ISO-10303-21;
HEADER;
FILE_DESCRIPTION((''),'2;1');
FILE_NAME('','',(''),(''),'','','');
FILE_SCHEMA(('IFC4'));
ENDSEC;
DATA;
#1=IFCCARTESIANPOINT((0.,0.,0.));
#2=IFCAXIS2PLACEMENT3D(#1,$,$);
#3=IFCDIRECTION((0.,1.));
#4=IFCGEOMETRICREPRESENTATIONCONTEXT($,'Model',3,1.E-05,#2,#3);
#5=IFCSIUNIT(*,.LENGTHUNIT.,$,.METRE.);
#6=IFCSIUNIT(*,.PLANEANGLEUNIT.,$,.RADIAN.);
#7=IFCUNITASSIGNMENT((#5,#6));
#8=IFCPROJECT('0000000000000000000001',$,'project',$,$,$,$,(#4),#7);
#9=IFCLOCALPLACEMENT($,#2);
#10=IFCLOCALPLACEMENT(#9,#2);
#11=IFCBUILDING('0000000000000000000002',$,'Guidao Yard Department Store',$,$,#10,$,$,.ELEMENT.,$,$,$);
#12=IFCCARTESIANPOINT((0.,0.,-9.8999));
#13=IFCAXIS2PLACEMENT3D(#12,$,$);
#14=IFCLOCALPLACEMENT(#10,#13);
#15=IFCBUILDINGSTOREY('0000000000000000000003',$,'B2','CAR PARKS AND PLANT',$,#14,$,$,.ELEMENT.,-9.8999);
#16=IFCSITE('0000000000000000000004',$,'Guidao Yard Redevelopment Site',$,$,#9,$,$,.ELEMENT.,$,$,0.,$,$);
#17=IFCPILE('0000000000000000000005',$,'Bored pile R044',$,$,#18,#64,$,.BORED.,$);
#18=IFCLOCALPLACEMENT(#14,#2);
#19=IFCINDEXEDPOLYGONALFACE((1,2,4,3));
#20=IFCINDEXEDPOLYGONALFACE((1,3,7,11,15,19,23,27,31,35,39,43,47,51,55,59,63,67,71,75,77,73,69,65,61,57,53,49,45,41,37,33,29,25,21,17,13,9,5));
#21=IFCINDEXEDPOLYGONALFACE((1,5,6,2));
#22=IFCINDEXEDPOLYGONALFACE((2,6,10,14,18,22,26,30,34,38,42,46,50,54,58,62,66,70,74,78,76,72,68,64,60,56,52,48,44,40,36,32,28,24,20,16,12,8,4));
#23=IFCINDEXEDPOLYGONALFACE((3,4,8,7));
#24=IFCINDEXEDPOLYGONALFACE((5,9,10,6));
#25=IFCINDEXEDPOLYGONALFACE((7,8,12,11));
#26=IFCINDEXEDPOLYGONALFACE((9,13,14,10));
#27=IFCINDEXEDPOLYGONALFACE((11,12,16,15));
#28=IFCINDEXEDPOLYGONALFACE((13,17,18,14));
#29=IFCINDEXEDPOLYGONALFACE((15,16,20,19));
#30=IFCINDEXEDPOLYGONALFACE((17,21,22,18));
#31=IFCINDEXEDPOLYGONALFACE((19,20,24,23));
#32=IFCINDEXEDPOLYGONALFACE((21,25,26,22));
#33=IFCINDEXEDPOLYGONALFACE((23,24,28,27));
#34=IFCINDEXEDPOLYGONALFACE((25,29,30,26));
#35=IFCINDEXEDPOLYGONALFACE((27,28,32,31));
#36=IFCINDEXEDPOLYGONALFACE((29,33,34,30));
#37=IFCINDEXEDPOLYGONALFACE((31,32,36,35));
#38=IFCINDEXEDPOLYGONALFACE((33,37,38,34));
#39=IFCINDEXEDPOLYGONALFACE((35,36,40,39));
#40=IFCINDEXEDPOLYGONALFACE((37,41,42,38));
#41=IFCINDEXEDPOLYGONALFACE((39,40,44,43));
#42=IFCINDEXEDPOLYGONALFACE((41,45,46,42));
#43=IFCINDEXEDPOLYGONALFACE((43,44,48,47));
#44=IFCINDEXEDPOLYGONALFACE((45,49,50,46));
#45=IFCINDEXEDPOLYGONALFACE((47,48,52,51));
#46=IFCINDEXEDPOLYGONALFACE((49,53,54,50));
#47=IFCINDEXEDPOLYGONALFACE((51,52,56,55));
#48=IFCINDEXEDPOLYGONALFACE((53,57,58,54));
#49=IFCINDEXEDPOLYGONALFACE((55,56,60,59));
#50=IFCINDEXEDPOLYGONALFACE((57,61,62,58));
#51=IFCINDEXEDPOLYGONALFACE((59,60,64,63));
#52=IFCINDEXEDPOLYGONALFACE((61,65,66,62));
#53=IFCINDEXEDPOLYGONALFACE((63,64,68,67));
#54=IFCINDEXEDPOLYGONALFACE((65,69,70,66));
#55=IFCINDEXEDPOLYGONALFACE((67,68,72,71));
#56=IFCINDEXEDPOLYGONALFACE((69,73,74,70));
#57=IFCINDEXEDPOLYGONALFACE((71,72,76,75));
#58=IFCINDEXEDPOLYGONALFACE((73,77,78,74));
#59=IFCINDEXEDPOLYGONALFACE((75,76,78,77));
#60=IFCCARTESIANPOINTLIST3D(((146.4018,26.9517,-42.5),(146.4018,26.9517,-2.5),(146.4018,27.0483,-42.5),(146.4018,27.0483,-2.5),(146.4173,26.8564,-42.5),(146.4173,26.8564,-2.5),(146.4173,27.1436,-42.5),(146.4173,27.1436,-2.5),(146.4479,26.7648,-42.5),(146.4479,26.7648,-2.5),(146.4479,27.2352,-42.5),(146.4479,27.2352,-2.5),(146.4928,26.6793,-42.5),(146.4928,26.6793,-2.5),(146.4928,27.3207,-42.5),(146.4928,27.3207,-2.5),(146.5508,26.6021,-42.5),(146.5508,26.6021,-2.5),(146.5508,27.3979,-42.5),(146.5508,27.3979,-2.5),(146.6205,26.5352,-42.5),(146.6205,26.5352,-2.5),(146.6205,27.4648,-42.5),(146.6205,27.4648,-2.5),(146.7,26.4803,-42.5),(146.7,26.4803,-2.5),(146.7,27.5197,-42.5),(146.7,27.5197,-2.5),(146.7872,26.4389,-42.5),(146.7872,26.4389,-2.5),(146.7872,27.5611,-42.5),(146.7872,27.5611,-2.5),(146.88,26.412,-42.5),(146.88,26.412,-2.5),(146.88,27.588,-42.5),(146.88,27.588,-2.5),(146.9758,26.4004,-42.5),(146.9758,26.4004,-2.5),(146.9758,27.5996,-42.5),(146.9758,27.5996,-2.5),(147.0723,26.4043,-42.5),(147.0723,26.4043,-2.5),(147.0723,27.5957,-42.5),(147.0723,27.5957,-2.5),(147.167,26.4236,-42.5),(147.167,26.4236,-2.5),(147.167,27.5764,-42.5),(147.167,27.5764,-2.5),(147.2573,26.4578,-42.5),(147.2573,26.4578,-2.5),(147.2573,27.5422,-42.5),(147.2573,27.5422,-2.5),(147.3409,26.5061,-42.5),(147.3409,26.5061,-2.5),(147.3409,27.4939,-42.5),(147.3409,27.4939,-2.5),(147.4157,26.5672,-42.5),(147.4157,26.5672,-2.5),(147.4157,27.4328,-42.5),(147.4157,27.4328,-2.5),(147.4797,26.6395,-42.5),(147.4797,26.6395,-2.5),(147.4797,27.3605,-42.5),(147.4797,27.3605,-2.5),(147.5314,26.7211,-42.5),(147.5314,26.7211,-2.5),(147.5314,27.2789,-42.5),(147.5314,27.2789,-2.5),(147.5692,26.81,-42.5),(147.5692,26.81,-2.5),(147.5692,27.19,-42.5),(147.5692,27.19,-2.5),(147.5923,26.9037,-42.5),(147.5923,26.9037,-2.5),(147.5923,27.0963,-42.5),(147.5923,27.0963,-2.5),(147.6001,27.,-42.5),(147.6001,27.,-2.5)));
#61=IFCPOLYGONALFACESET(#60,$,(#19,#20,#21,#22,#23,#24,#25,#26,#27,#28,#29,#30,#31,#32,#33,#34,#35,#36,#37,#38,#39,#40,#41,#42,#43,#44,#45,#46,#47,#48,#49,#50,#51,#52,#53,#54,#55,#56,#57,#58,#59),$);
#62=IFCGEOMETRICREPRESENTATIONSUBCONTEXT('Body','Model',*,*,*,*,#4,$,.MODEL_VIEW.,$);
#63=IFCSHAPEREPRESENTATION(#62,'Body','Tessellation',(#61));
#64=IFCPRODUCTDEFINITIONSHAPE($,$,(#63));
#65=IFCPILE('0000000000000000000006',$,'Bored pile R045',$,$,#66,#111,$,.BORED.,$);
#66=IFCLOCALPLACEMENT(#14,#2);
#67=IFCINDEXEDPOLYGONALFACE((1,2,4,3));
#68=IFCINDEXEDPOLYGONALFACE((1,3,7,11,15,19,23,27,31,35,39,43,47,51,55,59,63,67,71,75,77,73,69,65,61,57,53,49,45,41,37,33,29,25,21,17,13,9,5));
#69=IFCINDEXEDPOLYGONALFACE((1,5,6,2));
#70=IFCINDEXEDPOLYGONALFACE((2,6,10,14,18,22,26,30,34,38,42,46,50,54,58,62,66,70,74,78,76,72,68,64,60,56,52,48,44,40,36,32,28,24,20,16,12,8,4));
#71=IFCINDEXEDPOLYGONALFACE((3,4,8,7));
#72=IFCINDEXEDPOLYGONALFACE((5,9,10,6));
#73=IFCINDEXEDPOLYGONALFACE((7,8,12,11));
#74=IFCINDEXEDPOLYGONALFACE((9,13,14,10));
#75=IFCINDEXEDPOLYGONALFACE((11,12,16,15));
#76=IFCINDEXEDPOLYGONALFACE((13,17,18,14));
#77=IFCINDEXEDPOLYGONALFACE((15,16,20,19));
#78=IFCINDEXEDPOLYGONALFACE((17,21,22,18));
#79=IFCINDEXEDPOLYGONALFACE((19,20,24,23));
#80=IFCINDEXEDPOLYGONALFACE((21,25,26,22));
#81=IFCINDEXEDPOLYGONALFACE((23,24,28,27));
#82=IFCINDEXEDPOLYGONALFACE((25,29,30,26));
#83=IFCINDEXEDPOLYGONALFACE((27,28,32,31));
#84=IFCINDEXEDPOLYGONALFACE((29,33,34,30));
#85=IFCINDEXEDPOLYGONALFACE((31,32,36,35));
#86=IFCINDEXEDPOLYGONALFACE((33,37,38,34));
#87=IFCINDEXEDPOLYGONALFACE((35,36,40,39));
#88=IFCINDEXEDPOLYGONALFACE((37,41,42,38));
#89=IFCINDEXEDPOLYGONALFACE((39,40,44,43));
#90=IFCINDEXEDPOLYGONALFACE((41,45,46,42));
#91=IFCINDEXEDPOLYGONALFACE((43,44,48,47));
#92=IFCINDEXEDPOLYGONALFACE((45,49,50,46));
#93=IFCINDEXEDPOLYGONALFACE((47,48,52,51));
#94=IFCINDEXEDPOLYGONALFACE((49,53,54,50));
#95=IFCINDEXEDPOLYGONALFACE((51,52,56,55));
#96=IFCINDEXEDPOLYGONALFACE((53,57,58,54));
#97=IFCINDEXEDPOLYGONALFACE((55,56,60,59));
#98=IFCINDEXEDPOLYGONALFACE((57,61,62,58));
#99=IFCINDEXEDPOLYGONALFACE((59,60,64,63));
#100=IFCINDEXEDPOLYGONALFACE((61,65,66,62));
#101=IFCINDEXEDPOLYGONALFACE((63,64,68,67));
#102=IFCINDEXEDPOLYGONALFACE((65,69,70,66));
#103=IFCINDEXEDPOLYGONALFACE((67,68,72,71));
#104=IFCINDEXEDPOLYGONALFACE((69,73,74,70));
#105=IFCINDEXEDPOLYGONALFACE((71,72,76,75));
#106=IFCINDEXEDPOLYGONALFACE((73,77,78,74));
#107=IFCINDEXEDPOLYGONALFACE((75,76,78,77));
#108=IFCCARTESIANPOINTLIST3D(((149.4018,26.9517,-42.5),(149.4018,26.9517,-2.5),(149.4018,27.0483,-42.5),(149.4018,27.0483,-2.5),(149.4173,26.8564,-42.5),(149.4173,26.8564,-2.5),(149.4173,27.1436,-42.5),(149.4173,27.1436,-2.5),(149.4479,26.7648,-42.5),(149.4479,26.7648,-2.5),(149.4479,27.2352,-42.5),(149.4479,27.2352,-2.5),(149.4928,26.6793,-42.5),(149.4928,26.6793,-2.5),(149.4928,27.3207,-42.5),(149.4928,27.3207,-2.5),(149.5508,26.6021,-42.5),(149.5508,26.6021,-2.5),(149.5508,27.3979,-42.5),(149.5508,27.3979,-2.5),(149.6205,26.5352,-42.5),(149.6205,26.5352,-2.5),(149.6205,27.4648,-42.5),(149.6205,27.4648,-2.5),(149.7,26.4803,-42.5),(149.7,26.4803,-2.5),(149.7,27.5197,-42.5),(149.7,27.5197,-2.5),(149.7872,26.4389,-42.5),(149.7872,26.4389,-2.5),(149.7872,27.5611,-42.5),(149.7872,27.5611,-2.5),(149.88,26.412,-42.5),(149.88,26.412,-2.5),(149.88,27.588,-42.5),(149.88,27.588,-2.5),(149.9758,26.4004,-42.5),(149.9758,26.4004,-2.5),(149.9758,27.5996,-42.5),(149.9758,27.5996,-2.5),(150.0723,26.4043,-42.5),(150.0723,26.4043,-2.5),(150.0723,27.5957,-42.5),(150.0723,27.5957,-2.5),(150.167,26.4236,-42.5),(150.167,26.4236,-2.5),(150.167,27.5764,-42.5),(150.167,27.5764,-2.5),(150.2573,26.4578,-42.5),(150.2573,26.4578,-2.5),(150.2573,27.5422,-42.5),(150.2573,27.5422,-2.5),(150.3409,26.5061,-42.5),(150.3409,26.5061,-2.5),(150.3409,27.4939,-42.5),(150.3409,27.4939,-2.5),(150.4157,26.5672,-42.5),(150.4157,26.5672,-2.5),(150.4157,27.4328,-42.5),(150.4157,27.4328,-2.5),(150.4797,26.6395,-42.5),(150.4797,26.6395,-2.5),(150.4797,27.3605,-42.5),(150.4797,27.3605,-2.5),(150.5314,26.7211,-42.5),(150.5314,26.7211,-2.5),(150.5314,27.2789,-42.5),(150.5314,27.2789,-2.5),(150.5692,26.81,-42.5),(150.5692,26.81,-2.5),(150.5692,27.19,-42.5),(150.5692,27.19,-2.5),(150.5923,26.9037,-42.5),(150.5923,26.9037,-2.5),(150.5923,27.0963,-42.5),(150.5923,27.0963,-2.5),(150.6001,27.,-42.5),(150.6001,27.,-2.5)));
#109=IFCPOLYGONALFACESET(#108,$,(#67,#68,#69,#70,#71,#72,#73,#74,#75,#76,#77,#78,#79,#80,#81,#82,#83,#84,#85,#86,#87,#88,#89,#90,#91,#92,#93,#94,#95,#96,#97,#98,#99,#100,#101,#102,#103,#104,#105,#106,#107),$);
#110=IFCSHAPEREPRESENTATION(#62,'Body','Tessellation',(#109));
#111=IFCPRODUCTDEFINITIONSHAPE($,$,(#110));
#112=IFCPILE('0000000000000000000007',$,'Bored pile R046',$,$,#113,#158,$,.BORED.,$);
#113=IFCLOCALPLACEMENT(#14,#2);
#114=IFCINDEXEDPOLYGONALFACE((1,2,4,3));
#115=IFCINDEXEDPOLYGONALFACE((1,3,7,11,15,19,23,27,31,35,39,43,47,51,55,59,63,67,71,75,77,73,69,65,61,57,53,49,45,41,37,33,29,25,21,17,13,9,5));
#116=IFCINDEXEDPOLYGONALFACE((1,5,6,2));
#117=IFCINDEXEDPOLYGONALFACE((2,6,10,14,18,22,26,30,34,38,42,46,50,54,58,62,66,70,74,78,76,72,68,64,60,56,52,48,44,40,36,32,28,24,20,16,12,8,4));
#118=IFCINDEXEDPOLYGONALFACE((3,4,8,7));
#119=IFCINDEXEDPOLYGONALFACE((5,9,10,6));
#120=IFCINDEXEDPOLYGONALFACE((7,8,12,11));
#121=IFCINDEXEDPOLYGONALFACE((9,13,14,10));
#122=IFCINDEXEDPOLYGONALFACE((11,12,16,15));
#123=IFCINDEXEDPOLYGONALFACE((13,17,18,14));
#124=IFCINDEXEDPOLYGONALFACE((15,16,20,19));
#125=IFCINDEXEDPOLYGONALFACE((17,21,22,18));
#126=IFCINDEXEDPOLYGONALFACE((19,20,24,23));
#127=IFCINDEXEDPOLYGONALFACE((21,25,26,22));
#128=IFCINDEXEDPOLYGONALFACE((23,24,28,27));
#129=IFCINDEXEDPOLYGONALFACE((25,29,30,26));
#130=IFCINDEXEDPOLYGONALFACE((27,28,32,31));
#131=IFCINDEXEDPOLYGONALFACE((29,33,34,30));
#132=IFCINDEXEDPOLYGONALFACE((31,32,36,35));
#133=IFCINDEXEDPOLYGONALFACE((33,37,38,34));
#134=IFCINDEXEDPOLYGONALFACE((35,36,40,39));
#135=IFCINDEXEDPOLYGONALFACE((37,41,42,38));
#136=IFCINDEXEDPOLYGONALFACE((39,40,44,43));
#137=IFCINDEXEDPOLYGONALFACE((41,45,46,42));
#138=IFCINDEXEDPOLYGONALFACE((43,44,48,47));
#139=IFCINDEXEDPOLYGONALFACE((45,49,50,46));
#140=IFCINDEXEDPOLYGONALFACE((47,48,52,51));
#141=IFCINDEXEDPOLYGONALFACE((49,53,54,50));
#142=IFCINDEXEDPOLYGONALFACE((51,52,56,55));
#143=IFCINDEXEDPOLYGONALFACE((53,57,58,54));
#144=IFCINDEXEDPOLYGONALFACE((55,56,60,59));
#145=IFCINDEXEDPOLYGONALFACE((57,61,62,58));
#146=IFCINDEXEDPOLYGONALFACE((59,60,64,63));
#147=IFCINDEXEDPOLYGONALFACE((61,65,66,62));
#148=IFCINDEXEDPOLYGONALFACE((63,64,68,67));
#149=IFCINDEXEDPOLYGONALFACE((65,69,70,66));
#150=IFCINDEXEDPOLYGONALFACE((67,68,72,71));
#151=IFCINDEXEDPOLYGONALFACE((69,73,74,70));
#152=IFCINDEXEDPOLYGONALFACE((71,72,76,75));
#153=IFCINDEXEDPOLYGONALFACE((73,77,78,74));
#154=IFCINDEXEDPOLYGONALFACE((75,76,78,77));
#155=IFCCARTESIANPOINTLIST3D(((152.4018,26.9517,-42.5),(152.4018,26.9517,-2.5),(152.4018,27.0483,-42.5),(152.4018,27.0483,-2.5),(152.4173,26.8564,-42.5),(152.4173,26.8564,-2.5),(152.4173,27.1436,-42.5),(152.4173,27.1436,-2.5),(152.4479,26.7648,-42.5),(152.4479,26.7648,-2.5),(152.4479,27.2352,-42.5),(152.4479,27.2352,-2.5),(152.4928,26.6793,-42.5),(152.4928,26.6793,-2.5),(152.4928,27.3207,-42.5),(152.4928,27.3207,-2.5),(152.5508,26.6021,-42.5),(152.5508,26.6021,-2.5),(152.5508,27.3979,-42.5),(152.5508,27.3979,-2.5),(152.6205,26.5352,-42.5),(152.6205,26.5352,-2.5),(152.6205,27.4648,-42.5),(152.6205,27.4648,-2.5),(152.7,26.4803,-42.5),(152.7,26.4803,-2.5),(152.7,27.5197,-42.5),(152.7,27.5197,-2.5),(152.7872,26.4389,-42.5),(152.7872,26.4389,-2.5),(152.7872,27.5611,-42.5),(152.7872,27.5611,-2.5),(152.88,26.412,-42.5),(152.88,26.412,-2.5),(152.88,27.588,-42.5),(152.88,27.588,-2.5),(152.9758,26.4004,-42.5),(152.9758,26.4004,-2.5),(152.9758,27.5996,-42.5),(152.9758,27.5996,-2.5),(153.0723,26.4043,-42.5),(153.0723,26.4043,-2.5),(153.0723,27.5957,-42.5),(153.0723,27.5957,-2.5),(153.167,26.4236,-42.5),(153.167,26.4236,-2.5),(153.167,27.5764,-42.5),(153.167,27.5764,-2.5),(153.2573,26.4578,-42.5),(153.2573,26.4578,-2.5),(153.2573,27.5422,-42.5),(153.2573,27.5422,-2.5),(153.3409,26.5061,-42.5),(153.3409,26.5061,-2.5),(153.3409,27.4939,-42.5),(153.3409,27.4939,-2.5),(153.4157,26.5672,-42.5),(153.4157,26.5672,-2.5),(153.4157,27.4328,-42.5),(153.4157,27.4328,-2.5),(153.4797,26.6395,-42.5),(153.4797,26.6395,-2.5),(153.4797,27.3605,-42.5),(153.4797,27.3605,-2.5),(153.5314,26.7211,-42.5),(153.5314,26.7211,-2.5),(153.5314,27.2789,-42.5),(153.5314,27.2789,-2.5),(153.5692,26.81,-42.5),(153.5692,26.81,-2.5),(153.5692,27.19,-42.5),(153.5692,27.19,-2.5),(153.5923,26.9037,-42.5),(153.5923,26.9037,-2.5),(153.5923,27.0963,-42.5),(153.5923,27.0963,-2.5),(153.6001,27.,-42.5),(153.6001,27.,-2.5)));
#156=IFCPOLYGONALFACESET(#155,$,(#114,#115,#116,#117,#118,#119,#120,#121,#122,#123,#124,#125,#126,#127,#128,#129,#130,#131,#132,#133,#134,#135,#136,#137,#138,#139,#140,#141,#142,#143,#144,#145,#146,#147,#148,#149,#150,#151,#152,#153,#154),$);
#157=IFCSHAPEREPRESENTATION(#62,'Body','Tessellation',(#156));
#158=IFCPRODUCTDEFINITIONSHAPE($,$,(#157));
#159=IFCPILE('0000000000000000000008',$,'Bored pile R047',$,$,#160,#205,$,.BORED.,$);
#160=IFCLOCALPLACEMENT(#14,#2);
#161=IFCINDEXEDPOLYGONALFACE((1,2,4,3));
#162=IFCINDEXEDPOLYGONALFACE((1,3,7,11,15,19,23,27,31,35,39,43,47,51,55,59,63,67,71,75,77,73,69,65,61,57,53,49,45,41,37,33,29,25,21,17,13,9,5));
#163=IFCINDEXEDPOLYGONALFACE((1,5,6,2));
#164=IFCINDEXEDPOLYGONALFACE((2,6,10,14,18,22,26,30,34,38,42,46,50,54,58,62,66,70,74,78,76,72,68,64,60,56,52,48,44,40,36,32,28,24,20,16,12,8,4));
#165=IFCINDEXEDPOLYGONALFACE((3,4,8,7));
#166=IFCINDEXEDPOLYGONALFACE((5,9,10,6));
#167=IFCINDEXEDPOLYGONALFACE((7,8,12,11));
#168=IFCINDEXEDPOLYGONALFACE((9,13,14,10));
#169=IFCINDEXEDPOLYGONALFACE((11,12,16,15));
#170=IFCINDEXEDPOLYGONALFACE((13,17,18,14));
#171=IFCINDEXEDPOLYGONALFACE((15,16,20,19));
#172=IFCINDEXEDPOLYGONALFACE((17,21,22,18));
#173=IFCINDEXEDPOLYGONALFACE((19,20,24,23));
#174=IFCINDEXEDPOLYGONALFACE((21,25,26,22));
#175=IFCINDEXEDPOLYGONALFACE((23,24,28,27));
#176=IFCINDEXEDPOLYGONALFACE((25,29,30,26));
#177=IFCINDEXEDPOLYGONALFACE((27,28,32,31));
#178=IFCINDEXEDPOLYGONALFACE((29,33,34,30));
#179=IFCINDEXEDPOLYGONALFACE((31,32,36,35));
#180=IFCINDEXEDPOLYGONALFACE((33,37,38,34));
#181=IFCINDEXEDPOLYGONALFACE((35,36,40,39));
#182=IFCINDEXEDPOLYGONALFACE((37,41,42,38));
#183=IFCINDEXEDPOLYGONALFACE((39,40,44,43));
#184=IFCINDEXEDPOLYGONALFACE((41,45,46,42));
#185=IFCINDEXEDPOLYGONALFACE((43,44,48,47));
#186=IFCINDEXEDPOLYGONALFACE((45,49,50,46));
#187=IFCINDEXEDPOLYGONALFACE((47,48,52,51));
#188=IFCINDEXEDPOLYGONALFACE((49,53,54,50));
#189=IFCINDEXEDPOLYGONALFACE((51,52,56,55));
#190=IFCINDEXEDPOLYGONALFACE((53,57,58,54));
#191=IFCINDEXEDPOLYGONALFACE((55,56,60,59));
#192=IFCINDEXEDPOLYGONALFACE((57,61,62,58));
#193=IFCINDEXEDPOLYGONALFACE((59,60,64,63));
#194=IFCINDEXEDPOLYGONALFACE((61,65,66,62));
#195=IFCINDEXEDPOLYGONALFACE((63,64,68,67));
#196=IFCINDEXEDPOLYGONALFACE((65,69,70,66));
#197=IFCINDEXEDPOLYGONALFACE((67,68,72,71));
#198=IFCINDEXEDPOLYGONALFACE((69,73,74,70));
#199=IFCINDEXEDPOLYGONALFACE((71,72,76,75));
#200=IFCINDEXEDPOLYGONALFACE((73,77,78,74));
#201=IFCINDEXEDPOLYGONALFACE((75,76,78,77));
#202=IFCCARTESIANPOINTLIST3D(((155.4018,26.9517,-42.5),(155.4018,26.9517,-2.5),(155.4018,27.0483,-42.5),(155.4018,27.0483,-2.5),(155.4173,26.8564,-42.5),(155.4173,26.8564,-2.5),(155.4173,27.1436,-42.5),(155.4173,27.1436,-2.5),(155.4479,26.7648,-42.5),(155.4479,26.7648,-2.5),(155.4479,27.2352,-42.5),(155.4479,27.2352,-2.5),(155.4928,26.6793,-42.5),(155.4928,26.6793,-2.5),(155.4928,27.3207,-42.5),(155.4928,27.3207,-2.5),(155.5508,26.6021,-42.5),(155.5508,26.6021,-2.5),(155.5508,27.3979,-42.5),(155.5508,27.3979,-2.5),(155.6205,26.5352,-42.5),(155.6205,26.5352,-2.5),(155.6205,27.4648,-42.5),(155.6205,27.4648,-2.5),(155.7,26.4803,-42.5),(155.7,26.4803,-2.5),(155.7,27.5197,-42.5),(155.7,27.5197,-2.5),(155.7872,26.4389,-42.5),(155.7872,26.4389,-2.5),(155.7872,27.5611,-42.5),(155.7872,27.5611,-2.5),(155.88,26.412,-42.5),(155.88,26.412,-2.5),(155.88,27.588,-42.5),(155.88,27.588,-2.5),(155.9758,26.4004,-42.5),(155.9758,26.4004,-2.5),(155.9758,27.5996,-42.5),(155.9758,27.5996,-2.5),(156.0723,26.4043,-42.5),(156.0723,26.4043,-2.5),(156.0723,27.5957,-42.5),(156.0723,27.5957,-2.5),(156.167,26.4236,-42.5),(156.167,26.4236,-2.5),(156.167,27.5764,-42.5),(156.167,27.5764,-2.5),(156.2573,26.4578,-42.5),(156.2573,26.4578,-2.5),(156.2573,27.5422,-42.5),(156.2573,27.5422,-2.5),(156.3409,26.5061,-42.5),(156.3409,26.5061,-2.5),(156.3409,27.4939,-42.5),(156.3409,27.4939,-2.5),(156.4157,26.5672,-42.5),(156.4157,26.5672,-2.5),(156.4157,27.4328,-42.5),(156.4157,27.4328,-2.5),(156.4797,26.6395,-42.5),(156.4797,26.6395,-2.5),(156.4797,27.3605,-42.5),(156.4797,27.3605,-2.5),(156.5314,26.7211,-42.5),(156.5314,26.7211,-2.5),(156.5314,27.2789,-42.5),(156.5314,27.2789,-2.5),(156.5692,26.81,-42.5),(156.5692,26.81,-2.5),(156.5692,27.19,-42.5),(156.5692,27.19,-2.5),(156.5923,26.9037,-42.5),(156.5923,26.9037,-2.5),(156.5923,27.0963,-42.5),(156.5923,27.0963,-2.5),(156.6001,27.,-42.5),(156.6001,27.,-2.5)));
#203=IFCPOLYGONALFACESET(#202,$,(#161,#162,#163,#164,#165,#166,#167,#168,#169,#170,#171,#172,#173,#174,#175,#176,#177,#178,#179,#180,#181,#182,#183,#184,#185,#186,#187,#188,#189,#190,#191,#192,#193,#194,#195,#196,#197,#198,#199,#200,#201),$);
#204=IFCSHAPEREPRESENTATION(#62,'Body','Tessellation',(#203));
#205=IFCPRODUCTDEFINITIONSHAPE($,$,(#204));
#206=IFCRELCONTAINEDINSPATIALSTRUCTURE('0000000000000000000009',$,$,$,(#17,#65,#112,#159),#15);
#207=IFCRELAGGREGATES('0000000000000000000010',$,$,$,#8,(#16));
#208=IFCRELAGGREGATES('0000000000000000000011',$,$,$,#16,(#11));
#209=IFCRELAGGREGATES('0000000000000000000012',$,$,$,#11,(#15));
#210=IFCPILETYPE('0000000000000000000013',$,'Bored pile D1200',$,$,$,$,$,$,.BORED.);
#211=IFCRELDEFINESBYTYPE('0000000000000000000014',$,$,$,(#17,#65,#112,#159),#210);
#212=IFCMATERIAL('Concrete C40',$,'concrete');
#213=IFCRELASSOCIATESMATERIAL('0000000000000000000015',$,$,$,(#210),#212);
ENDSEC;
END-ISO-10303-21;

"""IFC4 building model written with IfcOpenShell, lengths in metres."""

from ifc_helpers import new_model, si_unit, direction, frame, origin, origin_2d, place, context, subcontext, project, spatial, circle, extrude, material, material_profile, profile_set, type_object, element, save


model = new_model("IFC4")

# Units and contexts
model_context = context("Model", 3, precision=1e-05, world=origin(), true_north=direction((0.0, 1.0)))
body_context = subcontext(model_context, "Body", "Model", "MODEL_VIEW")
ifc_project = project(units=[si_unit("LENGTHUNIT", "METRE"), si_unit("PLANEANGLEUNIT", "RADIAN")], contexts=[model_context])

# Site, building, storey
site_placement = place(None, origin())
site = spatial("IfcSite", under=ifc_project, at=site_placement, Name="Guidao Yard Redevelopment Site", CompositionType="ELEMENT", RefElevation=0.0)
building_placement = place(site_placement, origin())
building = spatial("IfcBuilding", under=site, at=building_placement, Name="Guidao Yard Department Store", CompositionType="ELEMENT")
storey_placement = place(building_placement, frame((0.0, 0.0, -9.8999)))
storey = spatial("IfcBuildingStorey", under=building, at=storey_placement, Name="B2", Description="CAR PARKS AND PLANT", CompositionType="ELEMENT", Elevation=-9.8999)

# Piles
ifc_material_1 = material(Name="Concrete C40", Category="concrete")
ifc_material_profile_1 = material_profile(ifc_material_1, circle(Radius=0.6001, at=origin_2d()), Name="Bored pile D1200")
ifc_profile_set_1 = profile_set([ifc_material_profile_1], Name="Concrete C40")
pile_type = type_object("IfcPileType", Name="Bored pile D1200", PredefinedType="BORED", material=ifc_profile_set_1)
for number, where, z_axis, x_axis, name in (
    (1, (147.0, 27.0, -2.5), (0.0, 0.0, -1.0), (1.0, 0.0, 0.0), "Bored pile R044"),
    (2, (150.0, 27.0, -2.5), (0.0, 0.0, -1.0), (1.0, 0.0, 0.0), "Bored pile R045"),
    (3, (153.0, 27.0, -2.5), (0.0, 0.0, -1.0), (1.0, 0.0, 0.0), "Bored pile R046"),
    (4, (156.0, 27.0, -2.5), (0.0, 0.0, -1.0), (1.0, 0.0, 0.0), "Bored pile R047"),
):
    element("IfcPile", number, at=place(storey_placement, frame(where, z_axis=z_axis, x_axis=x_axis)), inside=storey, type_object=pile_type, Name=name, PredefinedType="BORED", context=body_context, shape_type="SweptSolid", body=[
        extrude(circle(Radius=0.6001, at=origin_2d()), origin(), (0.0, 0.0, 1.0), 40.0),
    ])

save(model, "model.ifc")
